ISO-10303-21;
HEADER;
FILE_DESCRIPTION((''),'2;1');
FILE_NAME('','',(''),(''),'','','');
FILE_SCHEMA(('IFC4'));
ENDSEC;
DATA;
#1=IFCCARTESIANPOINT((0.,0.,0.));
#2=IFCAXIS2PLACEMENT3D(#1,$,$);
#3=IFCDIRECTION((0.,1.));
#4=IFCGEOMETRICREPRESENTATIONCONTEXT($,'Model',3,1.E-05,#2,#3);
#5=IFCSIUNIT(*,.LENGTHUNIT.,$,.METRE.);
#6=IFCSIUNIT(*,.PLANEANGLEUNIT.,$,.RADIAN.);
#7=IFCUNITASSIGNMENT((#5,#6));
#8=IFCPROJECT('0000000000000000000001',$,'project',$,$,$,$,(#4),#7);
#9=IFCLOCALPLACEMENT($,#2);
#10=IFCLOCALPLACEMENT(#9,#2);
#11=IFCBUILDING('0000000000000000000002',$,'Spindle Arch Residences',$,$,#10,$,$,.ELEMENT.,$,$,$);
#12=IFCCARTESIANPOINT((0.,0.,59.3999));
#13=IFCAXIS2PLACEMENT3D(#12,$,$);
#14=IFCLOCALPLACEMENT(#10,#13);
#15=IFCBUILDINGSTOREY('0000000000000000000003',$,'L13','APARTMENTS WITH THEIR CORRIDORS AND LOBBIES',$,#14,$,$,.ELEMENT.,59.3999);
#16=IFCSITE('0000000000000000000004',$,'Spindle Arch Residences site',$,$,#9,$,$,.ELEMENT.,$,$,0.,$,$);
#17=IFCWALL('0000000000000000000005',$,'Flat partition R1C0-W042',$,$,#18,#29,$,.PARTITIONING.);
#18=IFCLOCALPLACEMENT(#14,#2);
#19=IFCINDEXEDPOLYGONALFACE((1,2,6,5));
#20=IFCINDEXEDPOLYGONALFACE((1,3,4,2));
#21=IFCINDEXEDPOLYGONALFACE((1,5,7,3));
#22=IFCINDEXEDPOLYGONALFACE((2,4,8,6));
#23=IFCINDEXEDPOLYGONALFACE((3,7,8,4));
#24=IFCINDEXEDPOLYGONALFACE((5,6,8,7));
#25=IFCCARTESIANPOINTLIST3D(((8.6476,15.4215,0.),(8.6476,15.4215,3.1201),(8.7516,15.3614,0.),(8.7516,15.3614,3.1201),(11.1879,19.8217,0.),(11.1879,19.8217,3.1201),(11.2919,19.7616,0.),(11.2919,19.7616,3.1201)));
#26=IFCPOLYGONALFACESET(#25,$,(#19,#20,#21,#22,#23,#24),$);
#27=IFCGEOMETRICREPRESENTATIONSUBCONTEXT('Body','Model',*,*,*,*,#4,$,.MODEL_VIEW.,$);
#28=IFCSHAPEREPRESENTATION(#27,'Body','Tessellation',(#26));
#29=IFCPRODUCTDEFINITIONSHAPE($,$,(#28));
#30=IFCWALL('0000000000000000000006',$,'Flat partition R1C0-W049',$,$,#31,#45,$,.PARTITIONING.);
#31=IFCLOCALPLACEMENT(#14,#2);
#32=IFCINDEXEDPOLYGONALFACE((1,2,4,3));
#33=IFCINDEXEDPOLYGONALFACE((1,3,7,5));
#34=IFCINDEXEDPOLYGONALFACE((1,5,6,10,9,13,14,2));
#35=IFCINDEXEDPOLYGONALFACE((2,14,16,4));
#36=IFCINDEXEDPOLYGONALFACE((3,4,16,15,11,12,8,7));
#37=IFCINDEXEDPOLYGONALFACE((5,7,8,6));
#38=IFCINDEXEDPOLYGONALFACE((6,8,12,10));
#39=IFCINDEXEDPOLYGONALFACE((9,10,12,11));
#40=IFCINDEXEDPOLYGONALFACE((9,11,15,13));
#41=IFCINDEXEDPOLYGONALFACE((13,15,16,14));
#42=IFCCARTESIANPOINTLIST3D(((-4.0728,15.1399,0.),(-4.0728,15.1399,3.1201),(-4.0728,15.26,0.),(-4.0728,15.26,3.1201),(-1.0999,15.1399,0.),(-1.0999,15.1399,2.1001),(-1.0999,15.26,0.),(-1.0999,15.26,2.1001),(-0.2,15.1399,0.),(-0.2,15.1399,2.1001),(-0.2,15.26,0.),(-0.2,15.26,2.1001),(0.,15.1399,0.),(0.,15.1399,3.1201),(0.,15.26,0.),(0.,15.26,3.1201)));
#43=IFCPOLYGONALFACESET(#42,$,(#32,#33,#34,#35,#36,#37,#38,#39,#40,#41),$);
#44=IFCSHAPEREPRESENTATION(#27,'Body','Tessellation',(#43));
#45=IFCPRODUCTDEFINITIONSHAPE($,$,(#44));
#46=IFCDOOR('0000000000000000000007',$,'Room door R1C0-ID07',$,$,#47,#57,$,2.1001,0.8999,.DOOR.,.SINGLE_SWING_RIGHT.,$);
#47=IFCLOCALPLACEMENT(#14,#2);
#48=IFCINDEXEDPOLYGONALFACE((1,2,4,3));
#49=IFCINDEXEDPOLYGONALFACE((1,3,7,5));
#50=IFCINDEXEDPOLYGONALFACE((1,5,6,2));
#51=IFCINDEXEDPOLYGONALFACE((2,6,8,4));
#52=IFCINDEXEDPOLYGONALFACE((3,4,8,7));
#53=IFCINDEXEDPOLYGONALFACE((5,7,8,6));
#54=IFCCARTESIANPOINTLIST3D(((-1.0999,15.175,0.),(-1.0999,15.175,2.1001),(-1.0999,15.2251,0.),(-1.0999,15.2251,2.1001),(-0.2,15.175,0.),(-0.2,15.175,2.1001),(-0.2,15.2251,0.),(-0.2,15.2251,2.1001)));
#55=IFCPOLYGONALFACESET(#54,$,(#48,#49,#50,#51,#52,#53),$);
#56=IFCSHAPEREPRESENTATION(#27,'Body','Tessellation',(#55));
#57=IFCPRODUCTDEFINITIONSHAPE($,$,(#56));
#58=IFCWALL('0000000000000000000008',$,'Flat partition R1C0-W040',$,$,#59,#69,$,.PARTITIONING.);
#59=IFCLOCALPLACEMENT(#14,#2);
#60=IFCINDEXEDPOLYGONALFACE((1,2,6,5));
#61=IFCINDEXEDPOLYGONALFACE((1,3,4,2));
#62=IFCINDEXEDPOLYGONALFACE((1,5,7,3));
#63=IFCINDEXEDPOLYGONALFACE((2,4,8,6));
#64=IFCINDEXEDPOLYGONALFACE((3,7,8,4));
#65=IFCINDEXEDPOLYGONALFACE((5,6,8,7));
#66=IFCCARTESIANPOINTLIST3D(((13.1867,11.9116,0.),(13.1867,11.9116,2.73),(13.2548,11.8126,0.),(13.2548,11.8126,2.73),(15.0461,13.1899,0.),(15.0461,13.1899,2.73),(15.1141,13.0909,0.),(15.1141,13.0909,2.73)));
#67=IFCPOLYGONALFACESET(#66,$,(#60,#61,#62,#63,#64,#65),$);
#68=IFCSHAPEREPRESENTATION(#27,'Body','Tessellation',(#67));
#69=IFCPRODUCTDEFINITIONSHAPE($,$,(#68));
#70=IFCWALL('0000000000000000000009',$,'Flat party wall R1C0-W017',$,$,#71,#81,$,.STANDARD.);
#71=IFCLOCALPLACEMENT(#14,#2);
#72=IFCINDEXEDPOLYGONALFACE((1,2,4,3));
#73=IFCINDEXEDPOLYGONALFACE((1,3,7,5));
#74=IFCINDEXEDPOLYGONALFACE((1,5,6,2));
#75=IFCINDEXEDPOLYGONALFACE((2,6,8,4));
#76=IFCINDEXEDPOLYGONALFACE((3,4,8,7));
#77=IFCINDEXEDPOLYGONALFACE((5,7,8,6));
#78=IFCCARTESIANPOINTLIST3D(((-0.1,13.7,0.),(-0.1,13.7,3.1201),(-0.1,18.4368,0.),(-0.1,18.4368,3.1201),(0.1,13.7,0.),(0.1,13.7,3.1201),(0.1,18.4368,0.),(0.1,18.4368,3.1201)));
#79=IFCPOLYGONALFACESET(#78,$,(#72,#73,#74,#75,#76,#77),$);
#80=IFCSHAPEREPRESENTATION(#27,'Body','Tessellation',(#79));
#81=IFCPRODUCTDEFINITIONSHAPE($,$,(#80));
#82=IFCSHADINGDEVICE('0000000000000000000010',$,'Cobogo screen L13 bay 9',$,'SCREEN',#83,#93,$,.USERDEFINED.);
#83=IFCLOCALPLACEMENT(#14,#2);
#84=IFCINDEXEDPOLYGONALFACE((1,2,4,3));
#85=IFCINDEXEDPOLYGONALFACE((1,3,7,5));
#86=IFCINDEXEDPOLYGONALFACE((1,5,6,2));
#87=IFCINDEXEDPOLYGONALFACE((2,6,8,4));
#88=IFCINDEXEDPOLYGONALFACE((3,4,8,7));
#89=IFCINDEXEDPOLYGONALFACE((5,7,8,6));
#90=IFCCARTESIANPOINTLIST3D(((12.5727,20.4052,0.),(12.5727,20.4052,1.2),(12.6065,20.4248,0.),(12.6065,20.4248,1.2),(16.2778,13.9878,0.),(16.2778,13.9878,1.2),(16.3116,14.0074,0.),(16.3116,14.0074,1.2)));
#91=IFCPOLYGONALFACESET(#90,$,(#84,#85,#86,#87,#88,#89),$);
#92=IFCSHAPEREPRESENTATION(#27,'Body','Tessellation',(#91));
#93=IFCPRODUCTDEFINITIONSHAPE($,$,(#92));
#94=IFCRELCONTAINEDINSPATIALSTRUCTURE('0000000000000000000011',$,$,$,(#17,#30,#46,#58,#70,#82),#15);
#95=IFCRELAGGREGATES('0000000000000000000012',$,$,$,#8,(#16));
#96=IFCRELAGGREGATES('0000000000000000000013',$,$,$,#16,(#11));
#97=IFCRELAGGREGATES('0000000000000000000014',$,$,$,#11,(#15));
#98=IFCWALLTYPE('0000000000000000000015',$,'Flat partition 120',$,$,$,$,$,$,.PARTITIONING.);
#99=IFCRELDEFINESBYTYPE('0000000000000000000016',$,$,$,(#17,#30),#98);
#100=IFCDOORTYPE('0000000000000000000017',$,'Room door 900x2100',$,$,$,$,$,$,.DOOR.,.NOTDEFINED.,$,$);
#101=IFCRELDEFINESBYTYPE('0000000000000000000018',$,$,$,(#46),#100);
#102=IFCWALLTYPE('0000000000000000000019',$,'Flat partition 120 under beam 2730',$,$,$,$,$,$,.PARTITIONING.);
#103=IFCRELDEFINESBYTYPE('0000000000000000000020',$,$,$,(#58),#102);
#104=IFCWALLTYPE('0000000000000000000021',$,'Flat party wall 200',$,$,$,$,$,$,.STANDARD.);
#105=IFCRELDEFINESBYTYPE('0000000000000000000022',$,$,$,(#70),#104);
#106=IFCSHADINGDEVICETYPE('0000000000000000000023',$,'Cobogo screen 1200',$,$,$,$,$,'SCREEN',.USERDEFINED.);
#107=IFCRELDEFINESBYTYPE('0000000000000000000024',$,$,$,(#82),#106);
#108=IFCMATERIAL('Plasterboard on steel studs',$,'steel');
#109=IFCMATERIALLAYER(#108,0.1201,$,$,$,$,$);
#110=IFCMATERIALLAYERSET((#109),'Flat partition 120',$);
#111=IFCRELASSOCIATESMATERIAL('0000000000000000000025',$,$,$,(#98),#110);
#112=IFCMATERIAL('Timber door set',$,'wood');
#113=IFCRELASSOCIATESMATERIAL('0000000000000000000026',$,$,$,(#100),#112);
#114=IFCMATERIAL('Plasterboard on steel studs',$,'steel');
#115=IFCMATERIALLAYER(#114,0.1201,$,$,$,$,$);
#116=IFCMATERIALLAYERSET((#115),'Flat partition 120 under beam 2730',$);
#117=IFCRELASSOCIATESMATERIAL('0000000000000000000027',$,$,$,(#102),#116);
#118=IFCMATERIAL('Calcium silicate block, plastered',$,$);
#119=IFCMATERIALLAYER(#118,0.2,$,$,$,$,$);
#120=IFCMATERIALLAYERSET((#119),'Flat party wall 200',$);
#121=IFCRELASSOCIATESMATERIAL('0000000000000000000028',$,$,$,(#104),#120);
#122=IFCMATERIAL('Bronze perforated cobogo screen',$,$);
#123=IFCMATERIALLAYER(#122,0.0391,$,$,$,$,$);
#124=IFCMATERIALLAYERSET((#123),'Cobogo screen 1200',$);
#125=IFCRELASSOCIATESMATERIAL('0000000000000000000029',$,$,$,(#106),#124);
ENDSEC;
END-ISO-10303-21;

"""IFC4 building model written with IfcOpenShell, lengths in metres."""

from ifc_helpers import new_model, si_unit, direction, frame, frame_2d, origin, origin_2d, place, context, subcontext, project, spatial, rectangle, extrude, material, layer, layer_set, type_object, element, fill, save


model = new_model("IFC4")

# Units and contexts
model_context = context("Model", 3, precision=1e-05, world=origin(), true_north=direction((0.0, 1.0)))
body_context = subcontext(model_context, "Body", "Model", "MODEL_VIEW")
ifc_project = project(units=[si_unit("LENGTHUNIT", "METRE"), si_unit("PLANEANGLEUNIT", "RADIAN")], contexts=[model_context])

# Site, building, storey
site_placement = place(None, origin())
site = spatial("IfcSite", under=ifc_project, at=site_placement, Name="Spindle Arch Residences site", CompositionType="ELEMENT", RefElevation=0.0)
building_placement = place(site_placement, origin())
building = spatial("IfcBuilding", under=site, at=building_placement, Name="Spindle Arch Residences", CompositionType="ELEMENT")
storey_placement = place(building_placement, frame((0.0, 0.0, 59.3999)))
storey = spatial("IfcBuildingStorey", under=building, at=storey_placement, Name="L13", Description="APARTMENTS WITH THEIR CORRIDORS AND LOBBIES", CompositionType="ELEMENT", Elevation=59.3999)

# Shared definitions
ifc_material_1 = material(Name="Plasterboard on steel studs", Category="steel")
ifc_layer_1 = layer(ifc_material_1, 0.1201)
ifc_layer_set_1 = layer_set([ifc_layer_1], Name="Flat partition 120")
wall_type_1 = type_object("IfcWallType", Name="Flat partition 120", PredefinedType="PARTITIONING", material=ifc_layer_set_1)
ifc_material_2 = material(Name="Timber door set", Category="wood")
door_type_1 = type_object("IfcDoorType", Name="Room door 900x2100", OperationType="NOTDEFINED", PredefinedType="DOOR", material=ifc_material_2)

# Wall
wall_1_placement = place(storey_placement, frame((11.24, 19.7917, 0.0), z_axis=(0.0, 0.0, 1.0), x_axis=(-0.499979, -0.866038, 0.0)))
element("IfcWall", 1, at=wall_1_placement, inside=storey, type_object=wall_type_1, Name="Flat partition R1C0-W042", PredefinedType="PARTITIONING", context=body_context, shape_type="SweptSolid", body=[
    extrude(rectangle(XDim=5.0808, YDim=0.1201, at=frame_2d((2.5405, 0.0))), origin(), (0.0, 0.0, 1.0), 3.1201),
])

# Wall, opening, door
wall_2_placement = place(storey_placement, frame((0.0, 15.2, 0.0), z_axis=(0.0, 0.0, 1.0), x_axis=(-1.0, 0.0, 0.0)))
wall_2 = element("IfcWall", 2, at=wall_2_placement, inside=storey, type_object=wall_type_1, Name="Flat partition R1C0-W049", PredefinedType="PARTITIONING", context=body_context, shape_type="SweptSolid", body=[
    extrude(rectangle(XDim=4.0728, YDim=0.1201, at=frame_2d((2.0364, 0.0))), origin(), (0.0, 0.0, 1.0), 3.1201),
])
opening_1_placement = place(wall_2_placement, frame((0.2, 0.0, 0.0)))
opening_1 = element("IfcOpeningElement", 3, at=opening_1_placement, cuts=wall_2, PredefinedType="OPENING", context=body_context, shape_type="SweptSolid", body=[
    extrude(rectangle(XDim=0.8999, YDim=2.1001, at=frame_2d((0.45, 1.05))), frame((0.0, 0.0701, 0.0), z_axis=(0.0, -1.0, 0.0), x_axis=(1.0, 0.0, 0.0)), (0.0, 0.0, 1.0), 0.1401),
])
door_1_placement = place(opening_1_placement, origin())
door_1 = element("IfcDoor", 4, at=door_1_placement, inside=storey, type_object=door_type_1, Name="Room door R1C0-ID07", OperationType="SINGLE_SWING_RIGHT", OverallHeight=2.1001, OverallWidth=0.8999, PredefinedType="DOOR", context=body_context, shape_type="SweptSolid", body=[
    extrude(rectangle(XDim=0.8999, YDim=2.1001, at=frame_2d((0.45, 1.05))), frame((0.0, 0.0249, 0.0), z_axis=(0.0, -1.0, 0.0), x_axis=(1.0, 0.0, 0.0)), (0.0, 0.0, 1.0), 0.05),
])
fill(opening_1, door_1)

# Walls
ifc_material_3 = material(Name="Plasterboard on steel studs", Category="steel")
ifc_layer_2 = layer(ifc_material_3, 0.1201)
ifc_layer_set_2 = layer_set([ifc_layer_2], Name="Flat partition 120 under beam 2730")
wall_type_2 = type_object("IfcWallType", Name="Flat partition 120 under beam 2730", PredefinedType="PARTITIONING", material=ifc_layer_set_2)
wall_3_placement = place(storey_placement, frame((15.0801, 13.1404, 0.0), z_axis=(0.0, 0.0, 1.0), x_axis=(-0.824042, -0.566529, 0.0)))
element("IfcWall", 5, at=wall_3_placement, inside=storey, type_object=wall_type_2, Name="Flat partition R1C0-W040", PredefinedType="PARTITIONING", context=body_context, shape_type="SweptSolid", body=[
    extrude(rectangle(XDim=2.2563, YDim=0.1201, at=frame_2d((1.1282, 0.0))), origin(), (0.0, 0.0, 1.0), 2.73),
])
ifc_material_4 = material(Name="Calcium silicate block, plastered")
ifc_layer_3 = layer(ifc_material_4, 0.2)
ifc_layer_set_3 = layer_set([ifc_layer_3], Name="Flat party wall 200")
wall_type_3 = type_object("IfcWallType", Name="Flat party wall 200", PredefinedType="STANDARD", material=ifc_layer_set_3)
wall_4_placement = place(storey_placement, frame((0.0, 18.4368, 0.0), z_axis=(0.0, 0.0, 1.0), x_axis=(0.0, -1.0, 0.0)))
element("IfcWall", 6, at=wall_4_placement, inside=storey, type_object=wall_type_3, Name="Flat party wall R1C0-W017", PredefinedType="STANDARD", context=body_context, shape_type="SweptSolid", body=[
    extrude(rectangle(XDim=4.7368, YDim=0.2, at=frame_2d((2.3684, 0.0))), origin(), (0.0, 0.0, 1.0), 3.1201),
])

# Shading device
ifc_material_5 = material(Name="Bronze perforated cobogo screen")
ifc_layer_4 = layer(ifc_material_5, 0.0391)
ifc_layer_set_4 = layer_set([ifc_layer_4], Name="Cobogo screen 1200")
shading_device_type = type_object("IfcShadingDeviceType", Name="Cobogo screen 1200", ElementType="SCREEN", PredefinedType="USERDEFINED", material=ifc_layer_set_4)
shading_device_placement = place(storey_placement, frame((14.4421, 17.2063, 0.0), z_axis=(0.0, 0.0, 1.0), x_axis=(-0.5, 0.866025, 0.0)))
element("IfcShadingDevice", 7, at=shading_device_placement, inside=storey, type_object=shading_device_type, Name="Cobogo screen L13 bay 9", ObjectType="SCREEN", PredefinedType="USERDEFINED", context=body_context, shape_type="SweptSolid", body=[
    extrude(rectangle(XDim=7.4102, YDim=0.0391, at=origin_2d()), origin(), (0.0, 0.0, 1.0), 1.2),
])

save(model, "model.ifc")
